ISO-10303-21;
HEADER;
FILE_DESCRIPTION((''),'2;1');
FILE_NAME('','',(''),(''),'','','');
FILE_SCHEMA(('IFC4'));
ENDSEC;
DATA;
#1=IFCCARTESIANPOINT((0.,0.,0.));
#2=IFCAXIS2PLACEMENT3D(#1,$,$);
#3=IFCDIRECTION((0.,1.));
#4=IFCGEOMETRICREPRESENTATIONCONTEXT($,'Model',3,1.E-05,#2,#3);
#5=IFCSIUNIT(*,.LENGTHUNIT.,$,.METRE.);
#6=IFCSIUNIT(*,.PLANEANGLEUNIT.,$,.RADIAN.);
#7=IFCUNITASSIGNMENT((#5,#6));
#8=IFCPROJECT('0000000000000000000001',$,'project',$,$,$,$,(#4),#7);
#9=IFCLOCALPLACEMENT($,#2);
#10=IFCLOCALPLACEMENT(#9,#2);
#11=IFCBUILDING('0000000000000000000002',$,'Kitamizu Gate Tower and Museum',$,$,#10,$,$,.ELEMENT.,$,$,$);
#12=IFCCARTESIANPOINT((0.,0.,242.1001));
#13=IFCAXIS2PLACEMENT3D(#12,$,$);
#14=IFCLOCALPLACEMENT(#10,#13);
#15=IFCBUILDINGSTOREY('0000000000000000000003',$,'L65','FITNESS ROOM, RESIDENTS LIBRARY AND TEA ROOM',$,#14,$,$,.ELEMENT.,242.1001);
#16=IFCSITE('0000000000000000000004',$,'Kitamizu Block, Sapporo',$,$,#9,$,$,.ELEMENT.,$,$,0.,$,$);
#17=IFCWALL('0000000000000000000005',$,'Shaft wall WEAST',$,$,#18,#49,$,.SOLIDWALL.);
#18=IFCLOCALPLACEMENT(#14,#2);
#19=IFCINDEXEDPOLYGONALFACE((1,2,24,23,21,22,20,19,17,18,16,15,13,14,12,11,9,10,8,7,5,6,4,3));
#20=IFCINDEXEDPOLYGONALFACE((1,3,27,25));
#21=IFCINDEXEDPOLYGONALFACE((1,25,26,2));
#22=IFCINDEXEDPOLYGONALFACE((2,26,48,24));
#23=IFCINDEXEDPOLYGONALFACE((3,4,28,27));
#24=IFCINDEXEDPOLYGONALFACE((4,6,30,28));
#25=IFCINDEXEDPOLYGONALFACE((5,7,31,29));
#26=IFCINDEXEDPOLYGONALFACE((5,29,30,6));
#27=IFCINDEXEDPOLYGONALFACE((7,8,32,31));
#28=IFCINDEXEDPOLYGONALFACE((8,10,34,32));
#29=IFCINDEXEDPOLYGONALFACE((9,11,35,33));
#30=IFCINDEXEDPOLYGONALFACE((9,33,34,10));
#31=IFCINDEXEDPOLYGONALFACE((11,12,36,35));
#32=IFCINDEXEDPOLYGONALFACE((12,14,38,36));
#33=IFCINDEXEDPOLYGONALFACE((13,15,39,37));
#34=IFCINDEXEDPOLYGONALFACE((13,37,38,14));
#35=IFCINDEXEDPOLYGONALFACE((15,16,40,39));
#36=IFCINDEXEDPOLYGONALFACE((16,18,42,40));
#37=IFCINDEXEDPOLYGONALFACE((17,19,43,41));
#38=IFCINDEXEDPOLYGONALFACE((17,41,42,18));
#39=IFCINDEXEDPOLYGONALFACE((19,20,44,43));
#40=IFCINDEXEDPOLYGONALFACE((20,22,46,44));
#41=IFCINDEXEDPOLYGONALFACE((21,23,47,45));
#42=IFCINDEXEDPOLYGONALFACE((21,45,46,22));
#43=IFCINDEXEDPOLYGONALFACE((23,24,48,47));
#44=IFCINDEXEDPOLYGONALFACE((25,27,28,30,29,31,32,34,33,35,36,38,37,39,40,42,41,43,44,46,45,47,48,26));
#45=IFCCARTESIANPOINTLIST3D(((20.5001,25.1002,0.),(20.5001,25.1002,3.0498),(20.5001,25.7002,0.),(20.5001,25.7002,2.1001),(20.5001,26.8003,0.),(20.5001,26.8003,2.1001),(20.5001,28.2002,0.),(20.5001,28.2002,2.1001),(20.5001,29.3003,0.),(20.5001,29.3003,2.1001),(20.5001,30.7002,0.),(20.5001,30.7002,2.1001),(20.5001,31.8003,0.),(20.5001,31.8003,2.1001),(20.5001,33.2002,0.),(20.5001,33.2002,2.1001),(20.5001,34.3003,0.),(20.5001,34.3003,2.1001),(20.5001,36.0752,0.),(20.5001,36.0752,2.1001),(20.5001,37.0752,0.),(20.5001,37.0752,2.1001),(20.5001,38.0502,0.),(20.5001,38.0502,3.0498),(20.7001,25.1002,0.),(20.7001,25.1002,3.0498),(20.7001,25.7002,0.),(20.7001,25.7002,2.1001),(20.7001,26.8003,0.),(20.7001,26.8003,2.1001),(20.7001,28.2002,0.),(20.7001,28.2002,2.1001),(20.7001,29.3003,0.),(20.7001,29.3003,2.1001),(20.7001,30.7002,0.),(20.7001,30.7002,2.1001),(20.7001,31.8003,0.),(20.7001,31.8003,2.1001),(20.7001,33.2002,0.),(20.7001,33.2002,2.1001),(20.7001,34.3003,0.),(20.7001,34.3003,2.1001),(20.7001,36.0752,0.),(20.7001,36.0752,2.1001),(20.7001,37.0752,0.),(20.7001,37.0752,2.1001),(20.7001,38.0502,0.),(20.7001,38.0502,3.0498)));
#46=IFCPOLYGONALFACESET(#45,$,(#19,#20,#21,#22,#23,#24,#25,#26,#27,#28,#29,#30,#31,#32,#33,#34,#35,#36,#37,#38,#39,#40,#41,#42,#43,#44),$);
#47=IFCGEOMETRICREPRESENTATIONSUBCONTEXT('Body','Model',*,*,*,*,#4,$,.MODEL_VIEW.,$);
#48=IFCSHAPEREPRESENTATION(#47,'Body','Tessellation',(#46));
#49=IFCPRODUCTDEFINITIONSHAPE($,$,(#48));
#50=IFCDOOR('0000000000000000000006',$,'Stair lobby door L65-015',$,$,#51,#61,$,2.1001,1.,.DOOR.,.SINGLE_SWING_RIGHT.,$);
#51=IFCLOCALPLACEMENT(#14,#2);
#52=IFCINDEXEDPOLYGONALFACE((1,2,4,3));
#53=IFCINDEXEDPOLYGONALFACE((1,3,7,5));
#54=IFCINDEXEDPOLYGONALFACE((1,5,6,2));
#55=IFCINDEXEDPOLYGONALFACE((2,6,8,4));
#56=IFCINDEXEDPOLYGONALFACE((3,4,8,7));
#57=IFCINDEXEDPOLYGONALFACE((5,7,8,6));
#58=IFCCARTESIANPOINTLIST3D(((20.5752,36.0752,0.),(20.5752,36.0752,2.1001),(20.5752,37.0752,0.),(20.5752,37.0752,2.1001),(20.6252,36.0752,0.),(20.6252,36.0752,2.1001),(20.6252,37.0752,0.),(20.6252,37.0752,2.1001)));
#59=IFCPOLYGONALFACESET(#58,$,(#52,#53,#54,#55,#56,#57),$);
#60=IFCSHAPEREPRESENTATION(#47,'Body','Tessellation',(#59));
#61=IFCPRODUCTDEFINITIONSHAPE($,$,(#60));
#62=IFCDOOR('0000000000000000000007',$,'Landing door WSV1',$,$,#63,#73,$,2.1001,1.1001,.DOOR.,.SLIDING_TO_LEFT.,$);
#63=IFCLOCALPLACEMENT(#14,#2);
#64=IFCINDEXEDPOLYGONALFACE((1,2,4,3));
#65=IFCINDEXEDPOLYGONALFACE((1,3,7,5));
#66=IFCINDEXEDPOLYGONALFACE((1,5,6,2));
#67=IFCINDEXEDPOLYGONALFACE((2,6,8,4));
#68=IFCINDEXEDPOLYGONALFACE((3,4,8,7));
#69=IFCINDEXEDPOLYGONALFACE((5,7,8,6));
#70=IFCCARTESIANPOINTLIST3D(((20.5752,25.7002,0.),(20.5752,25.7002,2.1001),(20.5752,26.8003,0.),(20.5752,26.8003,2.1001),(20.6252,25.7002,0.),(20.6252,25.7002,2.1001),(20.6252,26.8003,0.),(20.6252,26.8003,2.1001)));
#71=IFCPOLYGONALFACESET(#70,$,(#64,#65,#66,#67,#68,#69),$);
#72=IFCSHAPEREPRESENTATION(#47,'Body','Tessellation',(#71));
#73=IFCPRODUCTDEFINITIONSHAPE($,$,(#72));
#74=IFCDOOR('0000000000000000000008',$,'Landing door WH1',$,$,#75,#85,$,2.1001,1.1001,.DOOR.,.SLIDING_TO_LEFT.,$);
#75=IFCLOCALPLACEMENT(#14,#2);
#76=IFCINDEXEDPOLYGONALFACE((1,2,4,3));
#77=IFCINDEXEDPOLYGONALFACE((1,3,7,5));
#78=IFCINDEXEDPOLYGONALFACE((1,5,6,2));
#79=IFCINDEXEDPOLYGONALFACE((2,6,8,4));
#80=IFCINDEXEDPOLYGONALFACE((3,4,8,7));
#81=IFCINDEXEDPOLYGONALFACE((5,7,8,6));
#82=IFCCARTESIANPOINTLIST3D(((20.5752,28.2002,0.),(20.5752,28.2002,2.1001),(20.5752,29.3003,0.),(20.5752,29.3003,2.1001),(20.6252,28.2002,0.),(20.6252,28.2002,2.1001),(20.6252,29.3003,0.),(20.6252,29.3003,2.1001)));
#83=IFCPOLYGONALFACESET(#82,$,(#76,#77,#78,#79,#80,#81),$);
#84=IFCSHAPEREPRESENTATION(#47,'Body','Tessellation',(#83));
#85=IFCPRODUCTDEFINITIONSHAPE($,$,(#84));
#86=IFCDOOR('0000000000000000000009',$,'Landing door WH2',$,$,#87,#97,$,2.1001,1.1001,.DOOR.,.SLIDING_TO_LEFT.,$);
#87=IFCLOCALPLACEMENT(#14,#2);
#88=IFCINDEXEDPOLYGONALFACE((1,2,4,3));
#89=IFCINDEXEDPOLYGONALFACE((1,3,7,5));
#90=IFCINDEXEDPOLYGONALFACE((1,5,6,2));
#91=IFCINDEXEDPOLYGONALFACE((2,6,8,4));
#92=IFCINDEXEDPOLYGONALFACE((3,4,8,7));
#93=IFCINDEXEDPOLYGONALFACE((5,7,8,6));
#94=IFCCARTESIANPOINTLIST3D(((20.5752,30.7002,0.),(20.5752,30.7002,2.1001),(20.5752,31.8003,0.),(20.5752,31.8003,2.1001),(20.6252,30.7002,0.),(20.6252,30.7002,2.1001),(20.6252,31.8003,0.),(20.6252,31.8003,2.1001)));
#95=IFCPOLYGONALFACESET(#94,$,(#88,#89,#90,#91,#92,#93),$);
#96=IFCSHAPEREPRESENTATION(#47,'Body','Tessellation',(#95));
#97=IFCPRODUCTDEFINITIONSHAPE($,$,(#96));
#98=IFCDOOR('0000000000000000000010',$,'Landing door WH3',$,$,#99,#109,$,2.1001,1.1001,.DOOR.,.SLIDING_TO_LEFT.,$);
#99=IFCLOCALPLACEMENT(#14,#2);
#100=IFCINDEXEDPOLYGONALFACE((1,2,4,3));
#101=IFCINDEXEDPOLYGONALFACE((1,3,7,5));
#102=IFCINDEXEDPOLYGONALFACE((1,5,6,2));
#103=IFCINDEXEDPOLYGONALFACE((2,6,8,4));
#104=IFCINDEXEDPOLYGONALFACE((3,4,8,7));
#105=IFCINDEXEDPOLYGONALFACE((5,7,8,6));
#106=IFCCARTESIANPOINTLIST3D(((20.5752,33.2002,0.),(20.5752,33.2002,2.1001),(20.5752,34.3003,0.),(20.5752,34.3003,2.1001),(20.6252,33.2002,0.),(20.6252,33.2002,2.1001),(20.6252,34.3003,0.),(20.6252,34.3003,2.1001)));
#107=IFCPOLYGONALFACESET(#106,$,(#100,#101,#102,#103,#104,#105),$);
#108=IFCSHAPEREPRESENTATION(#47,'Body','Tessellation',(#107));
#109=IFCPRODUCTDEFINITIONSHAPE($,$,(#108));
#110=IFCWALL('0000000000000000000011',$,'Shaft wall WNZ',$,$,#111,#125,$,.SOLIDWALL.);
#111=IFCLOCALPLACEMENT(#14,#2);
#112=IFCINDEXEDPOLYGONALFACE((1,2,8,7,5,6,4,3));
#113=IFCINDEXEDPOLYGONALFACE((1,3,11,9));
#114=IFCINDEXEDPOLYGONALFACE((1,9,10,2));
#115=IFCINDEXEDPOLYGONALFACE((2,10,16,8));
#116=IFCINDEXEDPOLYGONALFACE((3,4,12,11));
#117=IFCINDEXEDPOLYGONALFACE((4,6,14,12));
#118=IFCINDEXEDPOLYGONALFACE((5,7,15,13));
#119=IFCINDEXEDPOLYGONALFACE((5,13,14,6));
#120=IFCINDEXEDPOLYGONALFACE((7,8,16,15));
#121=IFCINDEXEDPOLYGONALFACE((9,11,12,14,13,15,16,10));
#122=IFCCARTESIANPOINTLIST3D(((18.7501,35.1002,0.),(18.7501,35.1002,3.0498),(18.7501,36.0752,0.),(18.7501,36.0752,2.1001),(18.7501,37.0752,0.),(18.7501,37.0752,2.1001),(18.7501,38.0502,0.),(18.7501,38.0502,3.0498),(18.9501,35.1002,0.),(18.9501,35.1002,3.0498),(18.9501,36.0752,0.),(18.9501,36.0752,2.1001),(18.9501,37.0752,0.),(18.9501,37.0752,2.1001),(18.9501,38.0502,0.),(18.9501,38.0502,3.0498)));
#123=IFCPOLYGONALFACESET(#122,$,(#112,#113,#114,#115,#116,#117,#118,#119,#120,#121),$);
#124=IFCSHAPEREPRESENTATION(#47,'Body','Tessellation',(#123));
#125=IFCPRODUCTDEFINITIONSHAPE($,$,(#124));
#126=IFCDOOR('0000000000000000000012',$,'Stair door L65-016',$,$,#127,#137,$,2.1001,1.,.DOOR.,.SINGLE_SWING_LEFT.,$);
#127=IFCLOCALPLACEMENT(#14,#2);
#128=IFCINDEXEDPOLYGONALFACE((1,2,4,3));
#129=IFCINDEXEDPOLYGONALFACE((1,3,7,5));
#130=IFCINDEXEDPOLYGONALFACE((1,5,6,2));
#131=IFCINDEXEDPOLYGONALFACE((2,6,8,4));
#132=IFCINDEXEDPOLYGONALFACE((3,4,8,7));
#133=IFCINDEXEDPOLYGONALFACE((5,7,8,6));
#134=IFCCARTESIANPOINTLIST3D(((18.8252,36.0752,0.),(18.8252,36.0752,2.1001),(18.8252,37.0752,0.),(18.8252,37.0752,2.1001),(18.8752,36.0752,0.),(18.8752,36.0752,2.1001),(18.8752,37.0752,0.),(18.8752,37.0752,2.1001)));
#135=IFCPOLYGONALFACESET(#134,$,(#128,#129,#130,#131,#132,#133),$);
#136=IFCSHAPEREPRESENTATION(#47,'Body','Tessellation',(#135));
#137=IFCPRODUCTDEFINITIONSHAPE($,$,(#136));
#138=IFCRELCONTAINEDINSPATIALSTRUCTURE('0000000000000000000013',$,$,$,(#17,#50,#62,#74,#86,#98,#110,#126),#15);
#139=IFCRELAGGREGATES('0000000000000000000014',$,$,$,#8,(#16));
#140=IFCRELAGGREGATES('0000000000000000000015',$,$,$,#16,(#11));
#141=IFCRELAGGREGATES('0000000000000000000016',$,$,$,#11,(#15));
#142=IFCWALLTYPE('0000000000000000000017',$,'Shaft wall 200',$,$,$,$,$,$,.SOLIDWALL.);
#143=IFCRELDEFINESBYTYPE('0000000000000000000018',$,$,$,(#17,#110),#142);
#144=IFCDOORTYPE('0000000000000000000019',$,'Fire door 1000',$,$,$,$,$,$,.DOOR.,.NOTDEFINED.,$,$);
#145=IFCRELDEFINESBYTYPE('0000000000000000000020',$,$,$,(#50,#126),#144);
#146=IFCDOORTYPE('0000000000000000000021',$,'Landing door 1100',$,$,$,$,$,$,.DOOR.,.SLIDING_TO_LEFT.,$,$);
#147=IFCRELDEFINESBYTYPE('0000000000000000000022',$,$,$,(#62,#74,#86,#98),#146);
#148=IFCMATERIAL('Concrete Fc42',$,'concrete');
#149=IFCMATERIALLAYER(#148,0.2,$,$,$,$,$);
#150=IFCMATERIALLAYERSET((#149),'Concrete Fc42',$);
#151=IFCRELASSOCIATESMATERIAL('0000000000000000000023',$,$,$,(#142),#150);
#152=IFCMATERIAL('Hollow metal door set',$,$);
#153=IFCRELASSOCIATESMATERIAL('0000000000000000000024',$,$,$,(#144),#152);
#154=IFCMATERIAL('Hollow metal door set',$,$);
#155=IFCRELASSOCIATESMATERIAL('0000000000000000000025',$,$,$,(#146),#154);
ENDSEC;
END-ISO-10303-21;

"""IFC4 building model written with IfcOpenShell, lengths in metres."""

from ifc_helpers import new_model, si_unit, direction, frame, frame_2d, origin, place, context, subcontext, project, spatial, rectangle, extrude, material, layer, layer_set, type_object, element, fill, save


model = new_model("IFC4")

# Units and contexts
model_context = context("Model", 3, precision=1e-05, world=origin(), true_north=direction((0.0, 1.0)))
body_context = subcontext(model_context, "Body", "Model", "MODEL_VIEW")
ifc_project = project(units=[si_unit("LENGTHUNIT", "METRE"), si_unit("PLANEANGLEUNIT", "RADIAN")], contexts=[model_context])

# Site, building, storey
site_placement = place(None, origin())
site = spatial("IfcSite", under=ifc_project, at=site_placement, Name="Kitamizu Block, Sapporo", CompositionType="ELEMENT", RefElevation=0.0)
building_placement = place(site_placement, origin())
building = spatial("IfcBuilding", under=site, at=building_placement, Name="Kitamizu Gate Tower and Museum", CompositionType="ELEMENT")
storey_placement = place(building_placement, frame((0.0, 0.0, 242.1001)))
storey = spatial("IfcBuildingStorey", under=building, at=storey_placement, Name="L65", Description="FITNESS ROOM, RESIDENTS LIBRARY AND TEA ROOM", CompositionType="ELEMENT", Elevation=242.1001)

# Wall, openings, doors
ifc_material_1 = material(Name="Concrete Fc42", Category="concrete")
ifc_layer_1 = layer(ifc_material_1, 0.2)
ifc_layer_set_1 = layer_set([ifc_layer_1], Name="Concrete Fc42")
wall_type_1 = type_object("IfcWallType", Name="Shaft wall 200", PredefinedType="SOLIDWALL", material=ifc_layer_set_1)
wall_1_placement = place(storey_placement, frame((20.6001, 25.1001, 0.0), z_axis=(0.0, 0.0, 1.0), x_axis=(0.0, 1.0, 0.0)))
wall_1 = element("IfcWall", 1, at=wall_1_placement, inside=storey, type_object=wall_type_1, Name="Shaft wall WEAST", PredefinedType="SOLIDWALL", context=body_context, shape_type="SweptSolid", body=[
    extrude(rectangle(XDim=12.95, YDim=0.2, at=frame_2d((6.4751, 0.0))), origin(), (0.0, 0.0, 1.0), 3.0498),
])
opening_1_placement = place(wall_1_placement, frame((0.6001, 0.0, 0.0)))
opening_1 = element("IfcOpeningElement", 2, at=opening_1_placement, cuts=wall_1, PredefinedType="OPENING", context=body_context, shape_type="SweptSolid", body=[
    extrude(rectangle(XDim=1.1001, YDim=2.1001, at=frame_2d((0.55, 1.05))), frame((0.0, 0.1099, 0.0), z_axis=(0.0, -1.0, 0.0), x_axis=(1.0, 0.0, 0.0)), (0.0, 0.0, 1.0), 0.22),
])
opening_2_placement = place(wall_1_placement, frame((3.1001, 0.0, 0.0)))
opening_2 = element("IfcOpeningElement", 3, at=opening_2_placement, cuts=wall_1, PredefinedType="OPENING", context=body_context, shape_type="SweptSolid", body=[
    extrude(rectangle(XDim=1.1001, YDim=2.1001, at=frame_2d((0.55, 1.05))), frame((0.0, 0.1099, 0.0), z_axis=(0.0, -1.0, 0.0), x_axis=(1.0, 0.0, 0.0)), (0.0, 0.0, 1.0), 0.22),
])
opening_3_placement = place(wall_1_placement, frame((5.6001, 0.0, 0.0)))
opening_3 = element("IfcOpeningElement", 4, at=opening_3_placement, cuts=wall_1, PredefinedType="OPENING", context=body_context, shape_type="SweptSolid", body=[
    extrude(rectangle(XDim=1.1001, YDim=2.1001, at=frame_2d((0.55, 1.05))), frame((0.0, 0.1099, 0.0), z_axis=(0.0, -1.0, 0.0), x_axis=(1.0, 0.0, 0.0)), (0.0, 0.0, 1.0), 0.22),
])
opening_4_placement = place(wall_1_placement, frame((8.1001, 0.0, 0.0)))
opening_4 = element("IfcOpeningElement", 5, at=opening_4_placement, cuts=wall_1, PredefinedType="OPENING", context=body_context, shape_type="SweptSolid", body=[
    extrude(rectangle(XDim=1.1001, YDim=2.1001, at=frame_2d((0.55, 1.05))), frame((0.0, 0.1099, 0.0), z_axis=(0.0, -1.0, 0.0), x_axis=(1.0, 0.0, 0.0)), (0.0, 0.0, 1.0), 0.22),
])
opening_5_placement = place(wall_1_placement, frame((10.9751, 0.0, 0.0)))
opening_5 = element("IfcOpeningElement", 6, at=opening_5_placement, cuts=wall_1, PredefinedType="OPENING", context=body_context, shape_type="SweptSolid", body=[
    extrude(rectangle(XDim=1.0, YDim=2.1001, at=frame_2d((0.5, 1.05))), frame((0.0, 0.1099, 0.0), z_axis=(0.0, -1.0, 0.0), x_axis=(1.0, 0.0, 0.0)), (0.0, 0.0, 1.0), 0.22),
])
ifc_material_2 = material(Name="Hollow metal door set")
door_type_1 = type_object("IfcDoorType", Name="Fire door 1000", OperationType="NOTDEFINED", PredefinedType="DOOR", material=ifc_material_2)
door_1_placement = place(opening_5_placement, origin())
door_1 = element("IfcDoor", 7, at=door_1_placement, inside=storey, type_object=door_type_1, Name="Stair lobby door L65-015", OperationType="SINGLE_SWING_RIGHT", OverallHeight=2.1001, OverallWidth=1.0, PredefinedType="DOOR", context=body_context, shape_type="SweptSolid", body=[
    extrude(rectangle(XDim=1.0, YDim=2.1001, at=frame_2d((0.5, 1.05))), frame((0.0, 0.0249, 0.0), z_axis=(0.0, -1.0, 0.0), x_axis=(1.0, 0.0, 0.0)), (0.0, 0.0, 1.0), 0.05),
])
fill(opening_5, door_1)
ifc_material_3 = material(Name="Hollow metal door set")
door_type_2 = type_object("IfcDoorType", Name="Landing door 1100", OperationType="SLIDING_TO_LEFT", PredefinedType="DOOR", material=ifc_material_3)
door_2_placement = place(opening_1_placement, origin())
door_2 = element("IfcDoor", 8, at=door_2_placement, inside=storey, type_object=door_type_2, Name="Landing door WSV1", OperationType="SLIDING_TO_LEFT", OverallHeight=2.1001, OverallWidth=1.1001, PredefinedType="DOOR", context=body_context, shape_type="SweptSolid", body=[
    extrude(rectangle(XDim=1.1001, YDim=2.1001, at=frame_2d((0.55, 1.05))), frame((0.0, 0.0249, 0.0), z_axis=(0.0, -1.0, 0.0), x_axis=(1.0, 0.0, 0.0)), (0.0, 0.0, 1.0), 0.05),
])
fill(opening_1, door_2)
door_3_placement = place(opening_2_placement, origin())
door_3 = element("IfcDoor", 9, at=door_3_placement, inside=storey, type_object=door_type_2, Name="Landing door WH1", OperationType="SLIDING_TO_LEFT", OverallHeight=2.1001, OverallWidth=1.1001, PredefinedType="DOOR", context=body_context, shape_type="SweptSolid", body=[
    extrude(rectangle(XDim=1.1001, YDim=2.1001, at=frame_2d((0.55, 1.05))), frame((0.0, 0.0249, 0.0), z_axis=(0.0, -1.0, 0.0), x_axis=(1.0, 0.0, 0.0)), (0.0, 0.0, 1.0), 0.05),
])
fill(opening_2, door_3)
door_4_placement = place(opening_3_placement, origin())
door_4 = element("IfcDoor", 10, at=door_4_placement, inside=storey, type_object=door_type_2, Name="Landing door WH2", OperationType="SLIDING_TO_LEFT", OverallHeight=2.1001, OverallWidth=1.1001, PredefinedType="DOOR", context=body_context, shape_type="SweptSolid", body=[
    extrude(rectangle(XDim=1.1001, YDim=2.1001, at=frame_2d((0.55, 1.05))), frame((0.0, 0.0249, 0.0), z_axis=(0.0, -1.0, 0.0), x_axis=(1.0, 0.0, 0.0)), (0.0, 0.0, 1.0), 0.05),
])
fill(opening_3, door_4)
door_5_placement = place(opening_4_placement, origin())
door_5 = element("IfcDoor", 11, at=door_5_placement, inside=storey, type_object=door_type_2, Name="Landing door WH3", OperationType="SLIDING_TO_LEFT", OverallHeight=2.1001, OverallWidth=1.1001, PredefinedType="DOOR", context=body_context, shape_type="SweptSolid", body=[
    extrude(rectangle(XDim=1.1001, YDim=2.1001, at=frame_2d((0.55, 1.05))), frame((0.0, 0.0249, 0.0), z_axis=(0.0, -1.0, 0.0), x_axis=(1.0, 0.0, 0.0)), (0.0, 0.0, 1.0), 0.05),
])
fill(opening_4, door_5)

# Wall, opening, door
wall_2_placement = place(storey_placement, frame((18.8501, 35.1001, 0.0), z_axis=(0.0, 0.0, 1.0), x_axis=(0.0, 1.0, 0.0)))
wall_2 = element("IfcWall", 12, at=wall_2_placement, inside=storey, type_object=wall_type_1, Name="Shaft wall WNZ", PredefinedType="SOLIDWALL", context=body_context, shape_type="SweptSolid", body=[
    extrude(rectangle(XDim=2.95, YDim=0.2, at=frame_2d((1.4751, 0.0))), origin(), (0.0, 0.0, 1.0), 3.0498),
])
opening_6_placement = place(wall_2_placement, frame((0.9751, 0.0, 0.0)))
opening_6 = element("IfcOpeningElement", 13, at=opening_6_placement, cuts=wall_2, PredefinedType="OPENING", context=body_context, shape_type="SweptSolid", body=[
    extrude(rectangle(XDim=1.0, YDim=2.1001, at=frame_2d((0.5, 1.05))), frame((0.0, 0.1099, 0.0), z_axis=(0.0, -1.0, 0.0), x_axis=(1.0, 0.0, 0.0)), (0.0, 0.0, 1.0), 0.22),
])
door_6_placement = place(opening_6_placement, origin())
door_6 = element("IfcDoor", 14, at=door_6_placement, inside=storey, type_object=door_type_1, Name="Stair door L65-016", OperationType="SINGLE_SWING_LEFT", OverallHeight=2.1001, OverallWidth=1.0, PredefinedType="DOOR", context=body_context, shape_type="SweptSolid", body=[
    extrude(rectangle(XDim=1.0, YDim=2.1001, at=frame_2d((0.5, 1.05))), frame((0.0, 0.0249, 0.0), z_axis=(0.0, -1.0, 0.0), x_axis=(1.0, 0.0, 0.0)), (0.0, 0.0, 1.0), 0.05),
])
fill(opening_6, door_6)

save(model, "model.ifc")
